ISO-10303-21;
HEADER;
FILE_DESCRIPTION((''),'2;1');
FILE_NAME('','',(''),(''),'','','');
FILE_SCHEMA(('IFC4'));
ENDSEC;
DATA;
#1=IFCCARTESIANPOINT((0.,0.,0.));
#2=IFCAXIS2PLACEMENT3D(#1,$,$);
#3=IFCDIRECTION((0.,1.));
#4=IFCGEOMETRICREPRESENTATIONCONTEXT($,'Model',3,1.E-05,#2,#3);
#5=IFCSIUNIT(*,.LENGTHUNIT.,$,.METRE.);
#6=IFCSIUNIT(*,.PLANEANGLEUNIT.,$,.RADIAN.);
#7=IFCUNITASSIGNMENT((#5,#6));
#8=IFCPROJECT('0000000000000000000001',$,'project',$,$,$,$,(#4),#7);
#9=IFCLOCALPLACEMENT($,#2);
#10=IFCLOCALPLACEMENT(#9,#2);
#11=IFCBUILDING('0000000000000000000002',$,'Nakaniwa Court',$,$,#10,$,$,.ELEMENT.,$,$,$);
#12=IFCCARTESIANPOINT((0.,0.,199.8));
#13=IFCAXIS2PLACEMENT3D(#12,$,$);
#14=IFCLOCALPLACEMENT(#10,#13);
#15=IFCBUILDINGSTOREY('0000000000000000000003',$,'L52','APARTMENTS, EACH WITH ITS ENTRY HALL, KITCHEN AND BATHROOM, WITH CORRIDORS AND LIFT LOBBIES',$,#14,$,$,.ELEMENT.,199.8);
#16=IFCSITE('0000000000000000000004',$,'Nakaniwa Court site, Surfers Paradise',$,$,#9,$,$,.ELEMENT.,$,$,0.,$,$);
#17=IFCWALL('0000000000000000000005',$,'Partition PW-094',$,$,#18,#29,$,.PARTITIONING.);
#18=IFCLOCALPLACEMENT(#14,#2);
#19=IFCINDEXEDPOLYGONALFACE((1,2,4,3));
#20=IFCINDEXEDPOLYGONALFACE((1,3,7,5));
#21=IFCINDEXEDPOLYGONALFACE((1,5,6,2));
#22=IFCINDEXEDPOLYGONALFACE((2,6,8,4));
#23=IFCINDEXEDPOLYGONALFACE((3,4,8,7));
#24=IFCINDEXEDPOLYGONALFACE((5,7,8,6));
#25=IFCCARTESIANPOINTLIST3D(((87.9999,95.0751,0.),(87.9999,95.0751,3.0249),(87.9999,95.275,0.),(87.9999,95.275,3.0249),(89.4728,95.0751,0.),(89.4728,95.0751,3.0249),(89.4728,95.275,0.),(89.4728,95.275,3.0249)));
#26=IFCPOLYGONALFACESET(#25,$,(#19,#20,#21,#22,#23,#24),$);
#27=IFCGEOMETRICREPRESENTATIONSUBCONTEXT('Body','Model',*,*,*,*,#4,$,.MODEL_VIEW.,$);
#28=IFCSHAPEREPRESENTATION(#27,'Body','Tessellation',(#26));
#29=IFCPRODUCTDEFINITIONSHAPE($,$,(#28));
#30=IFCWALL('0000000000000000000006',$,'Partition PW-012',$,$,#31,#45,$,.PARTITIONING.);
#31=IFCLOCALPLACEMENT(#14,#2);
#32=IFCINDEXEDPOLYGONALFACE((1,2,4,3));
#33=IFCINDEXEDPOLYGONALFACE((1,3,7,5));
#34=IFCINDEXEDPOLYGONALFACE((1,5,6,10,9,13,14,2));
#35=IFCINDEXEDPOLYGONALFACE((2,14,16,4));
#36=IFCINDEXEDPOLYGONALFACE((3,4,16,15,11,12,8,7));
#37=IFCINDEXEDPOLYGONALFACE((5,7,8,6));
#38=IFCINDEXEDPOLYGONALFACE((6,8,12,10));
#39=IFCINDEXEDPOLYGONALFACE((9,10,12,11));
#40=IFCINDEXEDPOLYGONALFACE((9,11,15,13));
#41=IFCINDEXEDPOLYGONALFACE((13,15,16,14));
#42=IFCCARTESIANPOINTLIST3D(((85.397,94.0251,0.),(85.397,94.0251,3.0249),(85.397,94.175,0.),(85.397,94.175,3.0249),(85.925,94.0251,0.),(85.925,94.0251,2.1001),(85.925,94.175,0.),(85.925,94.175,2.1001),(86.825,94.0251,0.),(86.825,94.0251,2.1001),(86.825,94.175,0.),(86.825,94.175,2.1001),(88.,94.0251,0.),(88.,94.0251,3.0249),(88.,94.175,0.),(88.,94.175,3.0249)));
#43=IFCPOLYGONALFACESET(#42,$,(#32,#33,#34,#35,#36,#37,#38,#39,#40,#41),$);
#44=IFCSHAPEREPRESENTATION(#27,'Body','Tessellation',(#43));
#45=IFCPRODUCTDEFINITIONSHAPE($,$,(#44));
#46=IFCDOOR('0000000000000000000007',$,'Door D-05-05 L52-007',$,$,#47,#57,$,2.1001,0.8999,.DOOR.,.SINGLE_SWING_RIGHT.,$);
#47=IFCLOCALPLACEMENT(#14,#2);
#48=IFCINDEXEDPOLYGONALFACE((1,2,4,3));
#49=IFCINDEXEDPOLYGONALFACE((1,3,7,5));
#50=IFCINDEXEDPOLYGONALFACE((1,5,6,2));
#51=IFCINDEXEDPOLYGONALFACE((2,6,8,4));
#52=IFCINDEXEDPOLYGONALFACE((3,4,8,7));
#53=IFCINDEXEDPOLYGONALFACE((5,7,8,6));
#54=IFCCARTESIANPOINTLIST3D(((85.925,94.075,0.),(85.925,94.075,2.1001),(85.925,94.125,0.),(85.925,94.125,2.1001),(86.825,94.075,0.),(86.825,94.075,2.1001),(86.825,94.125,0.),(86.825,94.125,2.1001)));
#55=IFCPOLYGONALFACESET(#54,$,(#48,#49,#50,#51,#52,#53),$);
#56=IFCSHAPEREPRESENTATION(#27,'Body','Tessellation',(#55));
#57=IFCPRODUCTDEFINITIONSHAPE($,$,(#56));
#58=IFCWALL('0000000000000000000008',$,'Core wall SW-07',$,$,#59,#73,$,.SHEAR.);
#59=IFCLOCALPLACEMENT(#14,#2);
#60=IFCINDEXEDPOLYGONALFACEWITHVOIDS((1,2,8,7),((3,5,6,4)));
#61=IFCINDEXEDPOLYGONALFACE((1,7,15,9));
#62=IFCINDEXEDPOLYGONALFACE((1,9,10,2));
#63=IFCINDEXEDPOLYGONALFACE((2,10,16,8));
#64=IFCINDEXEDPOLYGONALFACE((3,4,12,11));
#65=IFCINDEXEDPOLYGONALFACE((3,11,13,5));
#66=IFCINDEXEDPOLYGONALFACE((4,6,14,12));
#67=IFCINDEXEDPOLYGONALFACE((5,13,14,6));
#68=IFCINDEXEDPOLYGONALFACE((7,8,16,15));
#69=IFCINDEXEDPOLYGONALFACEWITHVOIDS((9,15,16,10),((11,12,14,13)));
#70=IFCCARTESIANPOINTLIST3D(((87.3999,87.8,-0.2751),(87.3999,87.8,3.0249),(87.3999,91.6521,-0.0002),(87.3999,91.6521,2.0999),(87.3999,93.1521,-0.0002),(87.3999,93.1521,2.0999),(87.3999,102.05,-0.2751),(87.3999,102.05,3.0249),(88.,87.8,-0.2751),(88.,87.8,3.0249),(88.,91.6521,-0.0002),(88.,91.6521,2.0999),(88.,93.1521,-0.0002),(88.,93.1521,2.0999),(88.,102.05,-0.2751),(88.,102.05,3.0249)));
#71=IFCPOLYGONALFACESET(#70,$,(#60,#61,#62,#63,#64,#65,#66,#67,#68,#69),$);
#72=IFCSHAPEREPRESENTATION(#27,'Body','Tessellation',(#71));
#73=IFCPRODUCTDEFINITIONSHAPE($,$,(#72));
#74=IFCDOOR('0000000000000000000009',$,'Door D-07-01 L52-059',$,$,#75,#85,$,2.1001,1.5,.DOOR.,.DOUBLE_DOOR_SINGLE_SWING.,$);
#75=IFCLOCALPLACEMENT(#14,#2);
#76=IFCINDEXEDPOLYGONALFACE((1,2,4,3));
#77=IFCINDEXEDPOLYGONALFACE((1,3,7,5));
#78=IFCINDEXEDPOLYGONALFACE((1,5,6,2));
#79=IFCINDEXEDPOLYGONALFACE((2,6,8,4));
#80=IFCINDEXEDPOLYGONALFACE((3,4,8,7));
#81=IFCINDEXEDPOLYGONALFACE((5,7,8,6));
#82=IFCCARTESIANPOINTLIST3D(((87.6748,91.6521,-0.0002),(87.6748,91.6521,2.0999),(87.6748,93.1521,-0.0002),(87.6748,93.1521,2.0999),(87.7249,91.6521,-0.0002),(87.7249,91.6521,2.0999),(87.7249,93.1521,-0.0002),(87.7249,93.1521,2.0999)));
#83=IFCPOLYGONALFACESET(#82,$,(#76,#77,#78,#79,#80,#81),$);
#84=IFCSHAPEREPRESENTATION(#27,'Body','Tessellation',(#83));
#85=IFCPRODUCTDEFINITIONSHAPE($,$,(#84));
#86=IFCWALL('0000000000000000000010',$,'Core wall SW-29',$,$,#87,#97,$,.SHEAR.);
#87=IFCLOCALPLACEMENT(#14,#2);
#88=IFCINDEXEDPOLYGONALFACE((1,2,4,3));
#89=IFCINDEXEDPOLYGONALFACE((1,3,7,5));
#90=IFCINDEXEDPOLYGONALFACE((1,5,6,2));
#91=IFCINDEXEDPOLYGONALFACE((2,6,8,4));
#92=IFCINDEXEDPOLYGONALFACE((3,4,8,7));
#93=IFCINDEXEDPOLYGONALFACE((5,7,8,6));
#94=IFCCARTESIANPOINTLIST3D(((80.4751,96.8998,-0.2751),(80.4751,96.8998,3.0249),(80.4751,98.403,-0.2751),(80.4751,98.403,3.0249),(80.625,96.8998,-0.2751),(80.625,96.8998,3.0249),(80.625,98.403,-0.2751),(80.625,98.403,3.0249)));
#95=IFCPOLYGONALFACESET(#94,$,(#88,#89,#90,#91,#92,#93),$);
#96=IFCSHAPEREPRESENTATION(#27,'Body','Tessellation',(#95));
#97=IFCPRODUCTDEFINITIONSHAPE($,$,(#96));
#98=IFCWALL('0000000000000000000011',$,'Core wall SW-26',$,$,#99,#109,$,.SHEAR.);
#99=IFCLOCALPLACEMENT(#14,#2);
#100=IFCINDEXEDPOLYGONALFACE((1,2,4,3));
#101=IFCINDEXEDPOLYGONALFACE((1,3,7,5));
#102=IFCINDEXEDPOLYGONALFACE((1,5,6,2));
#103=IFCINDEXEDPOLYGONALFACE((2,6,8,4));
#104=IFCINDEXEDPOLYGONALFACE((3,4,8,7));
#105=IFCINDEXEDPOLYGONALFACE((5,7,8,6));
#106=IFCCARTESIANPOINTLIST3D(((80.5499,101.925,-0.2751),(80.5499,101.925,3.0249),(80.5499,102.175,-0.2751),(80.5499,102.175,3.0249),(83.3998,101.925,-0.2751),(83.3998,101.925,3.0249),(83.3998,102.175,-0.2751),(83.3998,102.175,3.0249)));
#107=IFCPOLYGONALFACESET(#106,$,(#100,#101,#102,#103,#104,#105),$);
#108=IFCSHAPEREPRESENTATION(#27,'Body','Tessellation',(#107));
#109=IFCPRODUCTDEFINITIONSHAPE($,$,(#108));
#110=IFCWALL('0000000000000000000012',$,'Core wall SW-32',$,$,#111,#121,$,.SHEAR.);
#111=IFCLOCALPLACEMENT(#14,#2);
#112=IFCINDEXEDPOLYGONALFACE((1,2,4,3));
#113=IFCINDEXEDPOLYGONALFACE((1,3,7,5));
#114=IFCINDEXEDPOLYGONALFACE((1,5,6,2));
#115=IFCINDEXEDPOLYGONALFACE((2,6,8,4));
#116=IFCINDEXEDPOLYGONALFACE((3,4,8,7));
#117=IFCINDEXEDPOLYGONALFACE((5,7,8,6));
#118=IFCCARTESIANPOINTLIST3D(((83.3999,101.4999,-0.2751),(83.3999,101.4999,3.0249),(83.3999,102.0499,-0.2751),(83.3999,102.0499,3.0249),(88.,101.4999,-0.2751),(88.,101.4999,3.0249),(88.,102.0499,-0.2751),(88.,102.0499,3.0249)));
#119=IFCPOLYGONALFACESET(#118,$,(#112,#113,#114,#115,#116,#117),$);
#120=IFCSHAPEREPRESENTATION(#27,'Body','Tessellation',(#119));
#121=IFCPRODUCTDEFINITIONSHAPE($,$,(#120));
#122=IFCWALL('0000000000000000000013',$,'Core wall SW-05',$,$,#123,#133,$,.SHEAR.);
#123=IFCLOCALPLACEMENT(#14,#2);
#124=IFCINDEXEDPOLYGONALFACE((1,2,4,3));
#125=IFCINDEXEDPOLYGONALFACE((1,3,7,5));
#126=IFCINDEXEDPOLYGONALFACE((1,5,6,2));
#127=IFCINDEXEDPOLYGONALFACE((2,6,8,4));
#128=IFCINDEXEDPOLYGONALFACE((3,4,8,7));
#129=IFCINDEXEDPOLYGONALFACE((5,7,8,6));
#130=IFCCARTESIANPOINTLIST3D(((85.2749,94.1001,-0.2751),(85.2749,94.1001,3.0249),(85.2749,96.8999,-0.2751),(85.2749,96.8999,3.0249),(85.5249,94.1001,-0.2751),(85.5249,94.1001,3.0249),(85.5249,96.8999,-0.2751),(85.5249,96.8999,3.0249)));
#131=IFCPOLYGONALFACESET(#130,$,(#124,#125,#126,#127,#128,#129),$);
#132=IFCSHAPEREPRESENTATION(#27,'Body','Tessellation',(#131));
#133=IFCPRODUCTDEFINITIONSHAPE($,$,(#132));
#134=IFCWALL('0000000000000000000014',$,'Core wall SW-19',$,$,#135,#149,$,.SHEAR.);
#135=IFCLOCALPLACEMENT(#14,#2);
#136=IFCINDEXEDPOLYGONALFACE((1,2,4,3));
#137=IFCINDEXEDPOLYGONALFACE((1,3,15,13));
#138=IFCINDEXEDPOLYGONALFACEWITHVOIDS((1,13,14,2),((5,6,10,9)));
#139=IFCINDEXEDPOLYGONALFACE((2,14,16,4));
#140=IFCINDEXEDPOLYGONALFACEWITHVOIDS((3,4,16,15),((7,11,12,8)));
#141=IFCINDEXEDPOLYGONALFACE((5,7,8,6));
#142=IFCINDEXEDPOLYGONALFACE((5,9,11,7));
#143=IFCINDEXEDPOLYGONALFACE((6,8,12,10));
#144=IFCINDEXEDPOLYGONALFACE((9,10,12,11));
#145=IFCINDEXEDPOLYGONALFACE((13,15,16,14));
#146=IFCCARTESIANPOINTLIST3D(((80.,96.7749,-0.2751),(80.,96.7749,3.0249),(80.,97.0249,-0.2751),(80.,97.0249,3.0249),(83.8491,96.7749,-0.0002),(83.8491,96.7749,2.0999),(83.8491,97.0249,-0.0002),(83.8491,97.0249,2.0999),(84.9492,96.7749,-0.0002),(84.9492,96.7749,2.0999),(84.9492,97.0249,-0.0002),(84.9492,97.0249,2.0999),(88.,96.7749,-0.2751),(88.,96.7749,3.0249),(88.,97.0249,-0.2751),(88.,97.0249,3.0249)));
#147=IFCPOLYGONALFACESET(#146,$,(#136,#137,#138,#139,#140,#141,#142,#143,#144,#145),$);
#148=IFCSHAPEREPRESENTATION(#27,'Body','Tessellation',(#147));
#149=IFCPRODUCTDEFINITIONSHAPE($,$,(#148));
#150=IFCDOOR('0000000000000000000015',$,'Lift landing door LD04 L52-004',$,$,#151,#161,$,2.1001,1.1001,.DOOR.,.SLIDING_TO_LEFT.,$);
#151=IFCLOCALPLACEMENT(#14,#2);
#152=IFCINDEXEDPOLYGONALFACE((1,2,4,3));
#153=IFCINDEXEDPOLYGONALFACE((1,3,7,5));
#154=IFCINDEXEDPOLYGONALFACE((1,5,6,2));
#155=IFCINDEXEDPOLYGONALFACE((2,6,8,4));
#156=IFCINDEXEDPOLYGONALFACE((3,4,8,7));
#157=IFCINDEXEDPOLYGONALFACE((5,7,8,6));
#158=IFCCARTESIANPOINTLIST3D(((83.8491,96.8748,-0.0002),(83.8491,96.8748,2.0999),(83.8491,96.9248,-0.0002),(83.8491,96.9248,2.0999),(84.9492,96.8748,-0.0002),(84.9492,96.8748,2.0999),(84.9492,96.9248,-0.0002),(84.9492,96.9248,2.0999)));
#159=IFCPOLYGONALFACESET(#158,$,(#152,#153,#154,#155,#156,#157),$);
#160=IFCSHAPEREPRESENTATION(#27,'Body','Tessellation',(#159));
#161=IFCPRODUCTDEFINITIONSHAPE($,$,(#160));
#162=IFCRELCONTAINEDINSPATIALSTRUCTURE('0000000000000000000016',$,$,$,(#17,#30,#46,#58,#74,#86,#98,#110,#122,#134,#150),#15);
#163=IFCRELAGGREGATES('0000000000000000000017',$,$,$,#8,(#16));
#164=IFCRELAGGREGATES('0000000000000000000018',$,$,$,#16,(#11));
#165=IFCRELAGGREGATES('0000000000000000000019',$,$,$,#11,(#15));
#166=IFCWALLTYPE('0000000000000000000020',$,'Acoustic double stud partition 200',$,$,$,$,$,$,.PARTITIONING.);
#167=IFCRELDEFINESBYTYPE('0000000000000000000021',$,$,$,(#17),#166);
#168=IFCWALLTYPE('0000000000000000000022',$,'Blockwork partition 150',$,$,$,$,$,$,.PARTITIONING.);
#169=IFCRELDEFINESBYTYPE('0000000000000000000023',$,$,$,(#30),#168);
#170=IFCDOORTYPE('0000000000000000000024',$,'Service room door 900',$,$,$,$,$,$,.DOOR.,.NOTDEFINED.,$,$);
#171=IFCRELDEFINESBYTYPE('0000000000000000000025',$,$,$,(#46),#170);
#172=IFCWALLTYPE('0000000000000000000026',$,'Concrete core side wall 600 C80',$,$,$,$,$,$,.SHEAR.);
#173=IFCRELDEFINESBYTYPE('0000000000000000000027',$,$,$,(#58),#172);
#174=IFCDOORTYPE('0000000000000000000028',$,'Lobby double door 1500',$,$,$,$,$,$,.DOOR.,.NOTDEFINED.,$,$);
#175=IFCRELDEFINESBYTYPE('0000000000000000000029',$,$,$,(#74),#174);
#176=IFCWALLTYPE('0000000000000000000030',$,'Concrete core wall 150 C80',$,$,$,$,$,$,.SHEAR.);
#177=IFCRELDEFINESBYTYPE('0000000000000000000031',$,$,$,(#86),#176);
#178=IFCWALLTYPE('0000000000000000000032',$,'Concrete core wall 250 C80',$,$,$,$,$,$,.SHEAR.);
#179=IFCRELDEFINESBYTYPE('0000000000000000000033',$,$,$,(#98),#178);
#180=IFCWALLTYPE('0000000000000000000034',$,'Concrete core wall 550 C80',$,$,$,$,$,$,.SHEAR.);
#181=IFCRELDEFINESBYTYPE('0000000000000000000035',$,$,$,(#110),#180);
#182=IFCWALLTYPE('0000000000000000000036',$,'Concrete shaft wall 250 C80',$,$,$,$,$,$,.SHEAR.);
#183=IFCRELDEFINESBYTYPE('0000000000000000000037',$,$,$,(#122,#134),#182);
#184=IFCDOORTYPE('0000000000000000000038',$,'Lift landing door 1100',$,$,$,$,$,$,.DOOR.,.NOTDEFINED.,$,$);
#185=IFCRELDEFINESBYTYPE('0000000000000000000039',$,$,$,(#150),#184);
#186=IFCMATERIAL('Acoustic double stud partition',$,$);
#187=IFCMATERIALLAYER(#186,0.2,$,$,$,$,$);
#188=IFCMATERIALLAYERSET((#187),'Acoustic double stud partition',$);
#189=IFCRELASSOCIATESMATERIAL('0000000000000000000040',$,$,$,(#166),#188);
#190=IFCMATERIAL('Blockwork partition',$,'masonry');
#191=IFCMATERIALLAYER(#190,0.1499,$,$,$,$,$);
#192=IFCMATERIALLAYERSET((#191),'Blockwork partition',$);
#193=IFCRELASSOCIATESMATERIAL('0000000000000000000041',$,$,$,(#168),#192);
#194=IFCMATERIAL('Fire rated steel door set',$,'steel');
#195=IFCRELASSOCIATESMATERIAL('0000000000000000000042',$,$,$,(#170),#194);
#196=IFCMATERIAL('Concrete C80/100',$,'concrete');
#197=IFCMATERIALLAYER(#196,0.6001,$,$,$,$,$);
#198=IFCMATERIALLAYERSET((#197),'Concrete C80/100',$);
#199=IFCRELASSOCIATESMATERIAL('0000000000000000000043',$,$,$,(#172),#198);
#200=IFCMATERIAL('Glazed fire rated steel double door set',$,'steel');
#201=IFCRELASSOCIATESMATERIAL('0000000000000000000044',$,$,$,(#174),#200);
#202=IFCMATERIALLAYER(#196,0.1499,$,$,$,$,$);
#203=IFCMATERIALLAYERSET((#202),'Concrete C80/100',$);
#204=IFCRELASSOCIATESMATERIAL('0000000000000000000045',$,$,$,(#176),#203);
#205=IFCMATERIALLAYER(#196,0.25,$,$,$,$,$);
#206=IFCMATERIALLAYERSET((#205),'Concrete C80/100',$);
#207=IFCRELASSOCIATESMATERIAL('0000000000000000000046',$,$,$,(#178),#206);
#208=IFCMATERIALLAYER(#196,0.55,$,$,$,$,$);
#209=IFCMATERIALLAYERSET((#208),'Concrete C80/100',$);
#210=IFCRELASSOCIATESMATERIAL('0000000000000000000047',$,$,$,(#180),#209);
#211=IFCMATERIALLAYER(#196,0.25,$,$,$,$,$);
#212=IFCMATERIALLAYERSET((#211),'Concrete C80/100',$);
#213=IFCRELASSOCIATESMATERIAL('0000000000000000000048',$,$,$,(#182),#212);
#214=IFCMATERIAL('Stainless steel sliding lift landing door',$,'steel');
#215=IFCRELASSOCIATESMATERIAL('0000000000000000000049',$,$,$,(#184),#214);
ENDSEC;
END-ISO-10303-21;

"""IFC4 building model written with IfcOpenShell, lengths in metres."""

from ifc_helpers import new_model, si_unit, direction, frame, frame_2d, origin, place, context, subcontext, project, spatial, rectangle, extrude, material, layer, layer_set, type_object, element, fill, save


model = new_model("IFC4")

# Units and contexts
model_context = context("Model", 3, precision=1e-05, world=origin(), true_north=direction((0.0, 1.0)))
body_context = subcontext(model_context, "Body", "Model", "MODEL_VIEW")
ifc_project = project(units=[si_unit("LENGTHUNIT", "METRE"), si_unit("PLANEANGLEUNIT", "RADIAN")], contexts=[model_context])

# Site, building, storey
site_placement = place(None, origin())
site = spatial("IfcSite", under=ifc_project, at=site_placement, Name="Nakaniwa Court site, Surfers Paradise", CompositionType="ELEMENT", RefElevation=0.0)
building_placement = place(site_placement, origin())
building = spatial("IfcBuilding", under=site, at=building_placement, Name="Nakaniwa Court", CompositionType="ELEMENT")
storey_placement = place(building_placement, frame((0.0, 0.0, 199.8)))
storey = spatial("IfcBuildingStorey", under=building, at=storey_placement, Name="L52", Description="APARTMENTS, EACH WITH ITS ENTRY HALL, KITCHEN AND BATHROOM, WITH CORRIDORS AND LIFT LOBBIES", CompositionType="ELEMENT", Elevation=199.8)

# Wall
ifc_material_1 = material(Name="Acoustic double stud partition")
ifc_layer_1 = layer(ifc_material_1, 0.2)
ifc_layer_set_1 = layer_set([ifc_layer_1], Name="Acoustic double stud partition")
wall_type_1 = type_object("IfcWallType", Name="Acoustic double stud partition 200", PredefinedType="PARTITIONING", material=ifc_layer_set_1)
wall_1_placement = place(storey_placement, frame((88.0, 95.175, 0.0), z_axis=(0.0, 0.0, 1.0), x_axis=(1.0, 0.0, 0.0)))
element("IfcWall", 1, at=wall_1_placement, inside=storey, type_object=wall_type_1, Name="Partition PW-094", PredefinedType="PARTITIONING", context=body_context, shape_type="SweptSolid", body=[
    extrude(rectangle(XDim=1.4729, YDim=0.2, at=frame_2d((0.7363, 0.0))), origin(), (0.0, 0.0, 1.0), 3.0249),
])

# Walls, openings, doors
ifc_material_2 = material(Name="Blockwork partition", Category="masonry")
ifc_layer_2 = layer(ifc_material_2, 0.1499)
ifc_layer_set_2 = layer_set([ifc_layer_2], Name="Blockwork partition")
wall_type_2 = type_object("IfcWallType", Name="Blockwork partition 150", PredefinedType="PARTITIONING", material=ifc_layer_set_2)
wall_2_placement = place(storey_placement, frame((85.397, 94.1001, 0.0), z_axis=(0.0, 0.0, 1.0), x_axis=(1.0, 0.0, 0.0)))
wall_2 = element("IfcWall", 2, at=wall_2_placement, inside=storey, type_object=wall_type_2, Name="Partition PW-012", PredefinedType="PARTITIONING", context=body_context, shape_type="SweptSolid", body=[
    extrude(rectangle(XDim=2.603, YDim=0.1499, at=frame_2d((1.3015, 0.0))), origin(), (0.0, 0.0, 1.0), 3.0249),
])
opening_1_placement = place(wall_2_placement, frame((0.5281, 0.0, 0.0)))
opening_1 = element("IfcOpeningElement", 3, at=opening_1_placement, cuts=wall_2, PredefinedType="OPENING", context=body_context, shape_type="SweptSolid", body=[
    extrude(rectangle(XDim=0.8999, YDim=2.1001, at=frame_2d((0.45, 1.05))), frame((0.0, 0.085, 0.0), z_axis=(0.0, -1.0, 0.0), x_axis=(1.0, 0.0, 0.0)), (0.0, 0.0, 1.0), 0.1699),
])
ifc_material_3 = material(Name="Fire rated steel door set", Category="steel")
door_type_1 = type_object("IfcDoorType", Name="Service room door 900", OperationType="NOTDEFINED", PredefinedType="DOOR", material=ifc_material_3)
door_1_placement = place(opening_1_placement, origin())
door_1 = element("IfcDoor", 4, at=door_1_placement, inside=storey, type_object=door_type_1, Name="Door D-05-05 L52-007", OperationType="SINGLE_SWING_RIGHT", OverallHeight=2.1001, OverallWidth=0.8999, PredefinedType="DOOR", context=body_context, shape_type="SweptSolid", body=[
    extrude(rectangle(XDim=0.8999, YDim=2.1001, at=frame_2d((0.45, 1.05))), frame((0.0, 0.0249, 0.0), z_axis=(0.0, -1.0, 0.0), x_axis=(1.0, 0.0, 0.0)), (0.0, 0.0, 1.0), 0.05),
])
fill(opening_1, door_1)
ifc_material_4 = material(Name="Concrete C80/100", Category="concrete")
ifc_layer_3 = layer(ifc_material_4, 0.6001)
ifc_layer_set_3 = layer_set([ifc_layer_3], Name="Concrete C80/100")
wall_type_3 = type_object("IfcWallType", Name="Concrete core side wall 600 C80", PredefinedType="SHEAR", material=ifc_layer_set_3)
wall_3_placement = place(storey_placement, frame((87.7, 102.05, -0.2751), z_axis=(0.0, 0.0, 1.0), x_axis=(0.0, -1.0, 0.0)))
wall_3 = element("IfcWall", 5, at=wall_3_placement, inside=storey, type_object=wall_type_3, Name="Core wall SW-07", PredefinedType="SHEAR", context=body_context, shape_type="SweptSolid", body=[
    extrude(rectangle(XDim=14.25, YDim=0.6001, at=frame_2d((7.125, 0.0))), origin(), (0.0, 0.0, 1.0), 3.3),
])
opening_2_placement = place(wall_3_placement, frame((8.8979, 0.0, 0.2749)))
opening_2 = element("IfcOpeningElement", 6, at=opening_2_placement, cuts=wall_3, PredefinedType="OPENING", context=body_context, shape_type="SweptSolid", body=[
    extrude(rectangle(XDim=1.5, YDim=2.1001, at=frame_2d((0.75, 1.05))), frame((0.0, 0.3101, 0.0), z_axis=(0.0, -1.0, 0.0), x_axis=(1.0, 0.0, 0.0)), (0.0, 0.0, 1.0), 0.6201),
])
ifc_material_5 = material(Name="Glazed fire rated steel double door set", Category="steel")
door_type_2 = type_object("IfcDoorType", Name="Lobby double door 1500", OperationType="NOTDEFINED", PredefinedType="DOOR", material=ifc_material_5)
door_2_placement = place(opening_2_placement, origin())
door_2 = element("IfcDoor", 7, at=door_2_placement, inside=storey, type_object=door_type_2, Name="Door D-07-01 L52-059", OperationType="DOUBLE_DOOR_SINGLE_SWING", OverallHeight=2.1001, OverallWidth=1.5, PredefinedType="DOOR", context=body_context, shape_type="SweptSolid", body=[
    extrude(rectangle(XDim=1.5, YDim=2.1001, at=frame_2d((0.75, 1.05))), frame((0.0, 0.0249, 0.0), z_axis=(0.0, -1.0, 0.0), x_axis=(1.0, 0.0, 0.0)), (0.0, 0.0, 1.0), 0.05),
])
fill(opening_2, door_2)

# Walls
ifc_layer_4 = layer(ifc_material_4, 0.1499)
ifc_layer_set_4 = layer_set([ifc_layer_4], Name="Concrete C80/100")
wall_type_4 = type_object("IfcWallType", Name="Concrete core wall 150 C80", PredefinedType="SHEAR", material=ifc_layer_set_4)
wall_4_placement = place(storey_placement, frame((80.55, 96.8999, -0.2751), z_axis=(0.0, 0.0, 1.0), x_axis=(0.0, 1.0, 0.0)))
element("IfcWall", 8, at=wall_4_placement, inside=storey, type_object=wall_type_4, Name="Core wall SW-29", PredefinedType="SHEAR", context=body_context, shape_type="SweptSolid", body=[
    extrude(rectangle(XDim=1.5032, YDim=0.1499, at=frame_2d((0.7515, 0.0))), origin(), (0.0, 0.0, 1.0), 3.3),
])
ifc_layer_5 = layer(ifc_material_4, 0.25)
ifc_layer_set_5 = layer_set([ifc_layer_5], Name="Concrete C80/100")
wall_type_5 = type_object("IfcWallType", Name="Concrete core wall 250 C80", PredefinedType="SHEAR", material=ifc_layer_set_5)
wall_5_placement = place(storey_placement, frame((80.55, 102.05, -0.2751), z_axis=(0.0, 0.0, 1.0), x_axis=(1.0, 0.0, 0.0)))
element("IfcWall", 9, at=wall_5_placement, inside=storey, type_object=wall_type_5, Name="Core wall SW-26", PredefinedType="SHEAR", context=body_context, shape_type="SweptSolid", body=[
    extrude(rectangle(XDim=2.8499, YDim=0.25, at=frame_2d((1.4248, 0.0))), origin(), (0.0, 0.0, 1.0), 3.3),
])
ifc_layer_6 = layer(ifc_material_4, 0.55)
ifc_layer_set_6 = layer_set([ifc_layer_6], Name="Concrete C80/100")
wall_type_6 = type_object("IfcWallType", Name="Concrete core wall 550 C80", PredefinedType="SHEAR", material=ifc_layer_set_6)
wall_6_placement = place(storey_placement, frame((83.3999, 101.7749, -0.2751), z_axis=(0.0, 0.0, 1.0), x_axis=(1.0, 0.0, 0.0)))
element("IfcWall", 10, at=wall_6_placement, inside=storey, type_object=wall_type_6, Name="Core wall SW-32", PredefinedType="SHEAR", context=body_context, shape_type="SweptSolid", body=[
    extrude(rectangle(XDim=4.6001, YDim=0.55, at=frame_2d((2.3, 0.0))), origin(), (0.0, 0.0, 1.0), 3.3),
])
ifc_layer_7 = layer(ifc_material_4, 0.25)
ifc_layer_set_7 = layer_set([ifc_layer_7], Name="Concrete C80/100")
wall_type_7 = type_object("IfcWallType", Name="Concrete shaft wall 250 C80", PredefinedType="SHEAR", material=ifc_layer_set_7)
wall_7_placement = place(storey_placement, frame((85.3999, 94.1001, -0.2751), z_axis=(0.0, 0.0, 1.0), x_axis=(0.0, 1.0, 0.0)))
element("IfcWall", 11, at=wall_7_placement, inside=storey, type_object=wall_type_7, Name="Core wall SW-05", PredefinedType="SHEAR", context=body_context, shape_type="SweptSolid", body=[
    extrude(rectangle(XDim=2.7998, YDim=0.25, at=frame_2d((1.3999, 0.0))), origin(), (0.0, 0.0, 1.0), 3.3),
])

# Wall, opening, door
wall_8_placement = place(storey_placement, frame((80.0, 96.8999, -0.2751), z_axis=(0.0, 0.0, 1.0), x_axis=(1.0, 0.0, 0.0)))
wall_8 = element("IfcWall", 12, at=wall_8_placement, inside=storey, type_object=wall_type_7, Name="Core wall SW-19", PredefinedType="SHEAR", context=body_context, shape_type="SweptSolid", body=[
    extrude(rectangle(XDim=8.0, YDim=0.25, at=frame_2d((4.0, 0.0))), origin(), (0.0, 0.0, 1.0), 3.3),
])
opening_3_placement = place(wall_8_placement, frame((3.8491, 0.0, 0.2749)))
opening_3 = element("IfcOpeningElement", 13, at=opening_3_placement, cuts=wall_8, PredefinedType="OPENING", context=body_context, shape_type="SweptSolid", body=[
    extrude(rectangle(XDim=1.1001, YDim=2.1001, at=frame_2d((0.55, 1.05))), frame((0.0, 0.135, 0.0), z_axis=(0.0, -1.0, 0.0), x_axis=(1.0, 0.0, 0.0)), (0.0, 0.0, 1.0), 0.27),
])
ifc_material_6 = material(Name="Stainless steel sliding lift landing door", Category="steel")
door_type_3 = type_object("IfcDoorType", Name="Lift landing door 1100", OperationType="NOTDEFINED", PredefinedType="DOOR", material=ifc_material_6)
door_3_placement = place(opening_3_placement, origin())
door_3 = element("IfcDoor", 14, at=door_3_placement, inside=storey, type_object=door_type_3, Name="Lift landing door LD04 L52-004", OperationType="SLIDING_TO_LEFT", OverallHeight=2.1001, OverallWidth=1.1001, PredefinedType="DOOR", context=body_context, shape_type="SweptSolid", body=[
    extrude(rectangle(XDim=1.1001, YDim=2.1001, at=frame_2d((0.55, 1.05))), frame((0.0, 0.0249, 0.0), z_axis=(0.0, -1.0, 0.0), x_axis=(1.0, 0.0, 0.0)), (0.0, 0.0, 1.0), 0.05),
])
fill(opening_3, door_3)

save(model, "model.ifc")
